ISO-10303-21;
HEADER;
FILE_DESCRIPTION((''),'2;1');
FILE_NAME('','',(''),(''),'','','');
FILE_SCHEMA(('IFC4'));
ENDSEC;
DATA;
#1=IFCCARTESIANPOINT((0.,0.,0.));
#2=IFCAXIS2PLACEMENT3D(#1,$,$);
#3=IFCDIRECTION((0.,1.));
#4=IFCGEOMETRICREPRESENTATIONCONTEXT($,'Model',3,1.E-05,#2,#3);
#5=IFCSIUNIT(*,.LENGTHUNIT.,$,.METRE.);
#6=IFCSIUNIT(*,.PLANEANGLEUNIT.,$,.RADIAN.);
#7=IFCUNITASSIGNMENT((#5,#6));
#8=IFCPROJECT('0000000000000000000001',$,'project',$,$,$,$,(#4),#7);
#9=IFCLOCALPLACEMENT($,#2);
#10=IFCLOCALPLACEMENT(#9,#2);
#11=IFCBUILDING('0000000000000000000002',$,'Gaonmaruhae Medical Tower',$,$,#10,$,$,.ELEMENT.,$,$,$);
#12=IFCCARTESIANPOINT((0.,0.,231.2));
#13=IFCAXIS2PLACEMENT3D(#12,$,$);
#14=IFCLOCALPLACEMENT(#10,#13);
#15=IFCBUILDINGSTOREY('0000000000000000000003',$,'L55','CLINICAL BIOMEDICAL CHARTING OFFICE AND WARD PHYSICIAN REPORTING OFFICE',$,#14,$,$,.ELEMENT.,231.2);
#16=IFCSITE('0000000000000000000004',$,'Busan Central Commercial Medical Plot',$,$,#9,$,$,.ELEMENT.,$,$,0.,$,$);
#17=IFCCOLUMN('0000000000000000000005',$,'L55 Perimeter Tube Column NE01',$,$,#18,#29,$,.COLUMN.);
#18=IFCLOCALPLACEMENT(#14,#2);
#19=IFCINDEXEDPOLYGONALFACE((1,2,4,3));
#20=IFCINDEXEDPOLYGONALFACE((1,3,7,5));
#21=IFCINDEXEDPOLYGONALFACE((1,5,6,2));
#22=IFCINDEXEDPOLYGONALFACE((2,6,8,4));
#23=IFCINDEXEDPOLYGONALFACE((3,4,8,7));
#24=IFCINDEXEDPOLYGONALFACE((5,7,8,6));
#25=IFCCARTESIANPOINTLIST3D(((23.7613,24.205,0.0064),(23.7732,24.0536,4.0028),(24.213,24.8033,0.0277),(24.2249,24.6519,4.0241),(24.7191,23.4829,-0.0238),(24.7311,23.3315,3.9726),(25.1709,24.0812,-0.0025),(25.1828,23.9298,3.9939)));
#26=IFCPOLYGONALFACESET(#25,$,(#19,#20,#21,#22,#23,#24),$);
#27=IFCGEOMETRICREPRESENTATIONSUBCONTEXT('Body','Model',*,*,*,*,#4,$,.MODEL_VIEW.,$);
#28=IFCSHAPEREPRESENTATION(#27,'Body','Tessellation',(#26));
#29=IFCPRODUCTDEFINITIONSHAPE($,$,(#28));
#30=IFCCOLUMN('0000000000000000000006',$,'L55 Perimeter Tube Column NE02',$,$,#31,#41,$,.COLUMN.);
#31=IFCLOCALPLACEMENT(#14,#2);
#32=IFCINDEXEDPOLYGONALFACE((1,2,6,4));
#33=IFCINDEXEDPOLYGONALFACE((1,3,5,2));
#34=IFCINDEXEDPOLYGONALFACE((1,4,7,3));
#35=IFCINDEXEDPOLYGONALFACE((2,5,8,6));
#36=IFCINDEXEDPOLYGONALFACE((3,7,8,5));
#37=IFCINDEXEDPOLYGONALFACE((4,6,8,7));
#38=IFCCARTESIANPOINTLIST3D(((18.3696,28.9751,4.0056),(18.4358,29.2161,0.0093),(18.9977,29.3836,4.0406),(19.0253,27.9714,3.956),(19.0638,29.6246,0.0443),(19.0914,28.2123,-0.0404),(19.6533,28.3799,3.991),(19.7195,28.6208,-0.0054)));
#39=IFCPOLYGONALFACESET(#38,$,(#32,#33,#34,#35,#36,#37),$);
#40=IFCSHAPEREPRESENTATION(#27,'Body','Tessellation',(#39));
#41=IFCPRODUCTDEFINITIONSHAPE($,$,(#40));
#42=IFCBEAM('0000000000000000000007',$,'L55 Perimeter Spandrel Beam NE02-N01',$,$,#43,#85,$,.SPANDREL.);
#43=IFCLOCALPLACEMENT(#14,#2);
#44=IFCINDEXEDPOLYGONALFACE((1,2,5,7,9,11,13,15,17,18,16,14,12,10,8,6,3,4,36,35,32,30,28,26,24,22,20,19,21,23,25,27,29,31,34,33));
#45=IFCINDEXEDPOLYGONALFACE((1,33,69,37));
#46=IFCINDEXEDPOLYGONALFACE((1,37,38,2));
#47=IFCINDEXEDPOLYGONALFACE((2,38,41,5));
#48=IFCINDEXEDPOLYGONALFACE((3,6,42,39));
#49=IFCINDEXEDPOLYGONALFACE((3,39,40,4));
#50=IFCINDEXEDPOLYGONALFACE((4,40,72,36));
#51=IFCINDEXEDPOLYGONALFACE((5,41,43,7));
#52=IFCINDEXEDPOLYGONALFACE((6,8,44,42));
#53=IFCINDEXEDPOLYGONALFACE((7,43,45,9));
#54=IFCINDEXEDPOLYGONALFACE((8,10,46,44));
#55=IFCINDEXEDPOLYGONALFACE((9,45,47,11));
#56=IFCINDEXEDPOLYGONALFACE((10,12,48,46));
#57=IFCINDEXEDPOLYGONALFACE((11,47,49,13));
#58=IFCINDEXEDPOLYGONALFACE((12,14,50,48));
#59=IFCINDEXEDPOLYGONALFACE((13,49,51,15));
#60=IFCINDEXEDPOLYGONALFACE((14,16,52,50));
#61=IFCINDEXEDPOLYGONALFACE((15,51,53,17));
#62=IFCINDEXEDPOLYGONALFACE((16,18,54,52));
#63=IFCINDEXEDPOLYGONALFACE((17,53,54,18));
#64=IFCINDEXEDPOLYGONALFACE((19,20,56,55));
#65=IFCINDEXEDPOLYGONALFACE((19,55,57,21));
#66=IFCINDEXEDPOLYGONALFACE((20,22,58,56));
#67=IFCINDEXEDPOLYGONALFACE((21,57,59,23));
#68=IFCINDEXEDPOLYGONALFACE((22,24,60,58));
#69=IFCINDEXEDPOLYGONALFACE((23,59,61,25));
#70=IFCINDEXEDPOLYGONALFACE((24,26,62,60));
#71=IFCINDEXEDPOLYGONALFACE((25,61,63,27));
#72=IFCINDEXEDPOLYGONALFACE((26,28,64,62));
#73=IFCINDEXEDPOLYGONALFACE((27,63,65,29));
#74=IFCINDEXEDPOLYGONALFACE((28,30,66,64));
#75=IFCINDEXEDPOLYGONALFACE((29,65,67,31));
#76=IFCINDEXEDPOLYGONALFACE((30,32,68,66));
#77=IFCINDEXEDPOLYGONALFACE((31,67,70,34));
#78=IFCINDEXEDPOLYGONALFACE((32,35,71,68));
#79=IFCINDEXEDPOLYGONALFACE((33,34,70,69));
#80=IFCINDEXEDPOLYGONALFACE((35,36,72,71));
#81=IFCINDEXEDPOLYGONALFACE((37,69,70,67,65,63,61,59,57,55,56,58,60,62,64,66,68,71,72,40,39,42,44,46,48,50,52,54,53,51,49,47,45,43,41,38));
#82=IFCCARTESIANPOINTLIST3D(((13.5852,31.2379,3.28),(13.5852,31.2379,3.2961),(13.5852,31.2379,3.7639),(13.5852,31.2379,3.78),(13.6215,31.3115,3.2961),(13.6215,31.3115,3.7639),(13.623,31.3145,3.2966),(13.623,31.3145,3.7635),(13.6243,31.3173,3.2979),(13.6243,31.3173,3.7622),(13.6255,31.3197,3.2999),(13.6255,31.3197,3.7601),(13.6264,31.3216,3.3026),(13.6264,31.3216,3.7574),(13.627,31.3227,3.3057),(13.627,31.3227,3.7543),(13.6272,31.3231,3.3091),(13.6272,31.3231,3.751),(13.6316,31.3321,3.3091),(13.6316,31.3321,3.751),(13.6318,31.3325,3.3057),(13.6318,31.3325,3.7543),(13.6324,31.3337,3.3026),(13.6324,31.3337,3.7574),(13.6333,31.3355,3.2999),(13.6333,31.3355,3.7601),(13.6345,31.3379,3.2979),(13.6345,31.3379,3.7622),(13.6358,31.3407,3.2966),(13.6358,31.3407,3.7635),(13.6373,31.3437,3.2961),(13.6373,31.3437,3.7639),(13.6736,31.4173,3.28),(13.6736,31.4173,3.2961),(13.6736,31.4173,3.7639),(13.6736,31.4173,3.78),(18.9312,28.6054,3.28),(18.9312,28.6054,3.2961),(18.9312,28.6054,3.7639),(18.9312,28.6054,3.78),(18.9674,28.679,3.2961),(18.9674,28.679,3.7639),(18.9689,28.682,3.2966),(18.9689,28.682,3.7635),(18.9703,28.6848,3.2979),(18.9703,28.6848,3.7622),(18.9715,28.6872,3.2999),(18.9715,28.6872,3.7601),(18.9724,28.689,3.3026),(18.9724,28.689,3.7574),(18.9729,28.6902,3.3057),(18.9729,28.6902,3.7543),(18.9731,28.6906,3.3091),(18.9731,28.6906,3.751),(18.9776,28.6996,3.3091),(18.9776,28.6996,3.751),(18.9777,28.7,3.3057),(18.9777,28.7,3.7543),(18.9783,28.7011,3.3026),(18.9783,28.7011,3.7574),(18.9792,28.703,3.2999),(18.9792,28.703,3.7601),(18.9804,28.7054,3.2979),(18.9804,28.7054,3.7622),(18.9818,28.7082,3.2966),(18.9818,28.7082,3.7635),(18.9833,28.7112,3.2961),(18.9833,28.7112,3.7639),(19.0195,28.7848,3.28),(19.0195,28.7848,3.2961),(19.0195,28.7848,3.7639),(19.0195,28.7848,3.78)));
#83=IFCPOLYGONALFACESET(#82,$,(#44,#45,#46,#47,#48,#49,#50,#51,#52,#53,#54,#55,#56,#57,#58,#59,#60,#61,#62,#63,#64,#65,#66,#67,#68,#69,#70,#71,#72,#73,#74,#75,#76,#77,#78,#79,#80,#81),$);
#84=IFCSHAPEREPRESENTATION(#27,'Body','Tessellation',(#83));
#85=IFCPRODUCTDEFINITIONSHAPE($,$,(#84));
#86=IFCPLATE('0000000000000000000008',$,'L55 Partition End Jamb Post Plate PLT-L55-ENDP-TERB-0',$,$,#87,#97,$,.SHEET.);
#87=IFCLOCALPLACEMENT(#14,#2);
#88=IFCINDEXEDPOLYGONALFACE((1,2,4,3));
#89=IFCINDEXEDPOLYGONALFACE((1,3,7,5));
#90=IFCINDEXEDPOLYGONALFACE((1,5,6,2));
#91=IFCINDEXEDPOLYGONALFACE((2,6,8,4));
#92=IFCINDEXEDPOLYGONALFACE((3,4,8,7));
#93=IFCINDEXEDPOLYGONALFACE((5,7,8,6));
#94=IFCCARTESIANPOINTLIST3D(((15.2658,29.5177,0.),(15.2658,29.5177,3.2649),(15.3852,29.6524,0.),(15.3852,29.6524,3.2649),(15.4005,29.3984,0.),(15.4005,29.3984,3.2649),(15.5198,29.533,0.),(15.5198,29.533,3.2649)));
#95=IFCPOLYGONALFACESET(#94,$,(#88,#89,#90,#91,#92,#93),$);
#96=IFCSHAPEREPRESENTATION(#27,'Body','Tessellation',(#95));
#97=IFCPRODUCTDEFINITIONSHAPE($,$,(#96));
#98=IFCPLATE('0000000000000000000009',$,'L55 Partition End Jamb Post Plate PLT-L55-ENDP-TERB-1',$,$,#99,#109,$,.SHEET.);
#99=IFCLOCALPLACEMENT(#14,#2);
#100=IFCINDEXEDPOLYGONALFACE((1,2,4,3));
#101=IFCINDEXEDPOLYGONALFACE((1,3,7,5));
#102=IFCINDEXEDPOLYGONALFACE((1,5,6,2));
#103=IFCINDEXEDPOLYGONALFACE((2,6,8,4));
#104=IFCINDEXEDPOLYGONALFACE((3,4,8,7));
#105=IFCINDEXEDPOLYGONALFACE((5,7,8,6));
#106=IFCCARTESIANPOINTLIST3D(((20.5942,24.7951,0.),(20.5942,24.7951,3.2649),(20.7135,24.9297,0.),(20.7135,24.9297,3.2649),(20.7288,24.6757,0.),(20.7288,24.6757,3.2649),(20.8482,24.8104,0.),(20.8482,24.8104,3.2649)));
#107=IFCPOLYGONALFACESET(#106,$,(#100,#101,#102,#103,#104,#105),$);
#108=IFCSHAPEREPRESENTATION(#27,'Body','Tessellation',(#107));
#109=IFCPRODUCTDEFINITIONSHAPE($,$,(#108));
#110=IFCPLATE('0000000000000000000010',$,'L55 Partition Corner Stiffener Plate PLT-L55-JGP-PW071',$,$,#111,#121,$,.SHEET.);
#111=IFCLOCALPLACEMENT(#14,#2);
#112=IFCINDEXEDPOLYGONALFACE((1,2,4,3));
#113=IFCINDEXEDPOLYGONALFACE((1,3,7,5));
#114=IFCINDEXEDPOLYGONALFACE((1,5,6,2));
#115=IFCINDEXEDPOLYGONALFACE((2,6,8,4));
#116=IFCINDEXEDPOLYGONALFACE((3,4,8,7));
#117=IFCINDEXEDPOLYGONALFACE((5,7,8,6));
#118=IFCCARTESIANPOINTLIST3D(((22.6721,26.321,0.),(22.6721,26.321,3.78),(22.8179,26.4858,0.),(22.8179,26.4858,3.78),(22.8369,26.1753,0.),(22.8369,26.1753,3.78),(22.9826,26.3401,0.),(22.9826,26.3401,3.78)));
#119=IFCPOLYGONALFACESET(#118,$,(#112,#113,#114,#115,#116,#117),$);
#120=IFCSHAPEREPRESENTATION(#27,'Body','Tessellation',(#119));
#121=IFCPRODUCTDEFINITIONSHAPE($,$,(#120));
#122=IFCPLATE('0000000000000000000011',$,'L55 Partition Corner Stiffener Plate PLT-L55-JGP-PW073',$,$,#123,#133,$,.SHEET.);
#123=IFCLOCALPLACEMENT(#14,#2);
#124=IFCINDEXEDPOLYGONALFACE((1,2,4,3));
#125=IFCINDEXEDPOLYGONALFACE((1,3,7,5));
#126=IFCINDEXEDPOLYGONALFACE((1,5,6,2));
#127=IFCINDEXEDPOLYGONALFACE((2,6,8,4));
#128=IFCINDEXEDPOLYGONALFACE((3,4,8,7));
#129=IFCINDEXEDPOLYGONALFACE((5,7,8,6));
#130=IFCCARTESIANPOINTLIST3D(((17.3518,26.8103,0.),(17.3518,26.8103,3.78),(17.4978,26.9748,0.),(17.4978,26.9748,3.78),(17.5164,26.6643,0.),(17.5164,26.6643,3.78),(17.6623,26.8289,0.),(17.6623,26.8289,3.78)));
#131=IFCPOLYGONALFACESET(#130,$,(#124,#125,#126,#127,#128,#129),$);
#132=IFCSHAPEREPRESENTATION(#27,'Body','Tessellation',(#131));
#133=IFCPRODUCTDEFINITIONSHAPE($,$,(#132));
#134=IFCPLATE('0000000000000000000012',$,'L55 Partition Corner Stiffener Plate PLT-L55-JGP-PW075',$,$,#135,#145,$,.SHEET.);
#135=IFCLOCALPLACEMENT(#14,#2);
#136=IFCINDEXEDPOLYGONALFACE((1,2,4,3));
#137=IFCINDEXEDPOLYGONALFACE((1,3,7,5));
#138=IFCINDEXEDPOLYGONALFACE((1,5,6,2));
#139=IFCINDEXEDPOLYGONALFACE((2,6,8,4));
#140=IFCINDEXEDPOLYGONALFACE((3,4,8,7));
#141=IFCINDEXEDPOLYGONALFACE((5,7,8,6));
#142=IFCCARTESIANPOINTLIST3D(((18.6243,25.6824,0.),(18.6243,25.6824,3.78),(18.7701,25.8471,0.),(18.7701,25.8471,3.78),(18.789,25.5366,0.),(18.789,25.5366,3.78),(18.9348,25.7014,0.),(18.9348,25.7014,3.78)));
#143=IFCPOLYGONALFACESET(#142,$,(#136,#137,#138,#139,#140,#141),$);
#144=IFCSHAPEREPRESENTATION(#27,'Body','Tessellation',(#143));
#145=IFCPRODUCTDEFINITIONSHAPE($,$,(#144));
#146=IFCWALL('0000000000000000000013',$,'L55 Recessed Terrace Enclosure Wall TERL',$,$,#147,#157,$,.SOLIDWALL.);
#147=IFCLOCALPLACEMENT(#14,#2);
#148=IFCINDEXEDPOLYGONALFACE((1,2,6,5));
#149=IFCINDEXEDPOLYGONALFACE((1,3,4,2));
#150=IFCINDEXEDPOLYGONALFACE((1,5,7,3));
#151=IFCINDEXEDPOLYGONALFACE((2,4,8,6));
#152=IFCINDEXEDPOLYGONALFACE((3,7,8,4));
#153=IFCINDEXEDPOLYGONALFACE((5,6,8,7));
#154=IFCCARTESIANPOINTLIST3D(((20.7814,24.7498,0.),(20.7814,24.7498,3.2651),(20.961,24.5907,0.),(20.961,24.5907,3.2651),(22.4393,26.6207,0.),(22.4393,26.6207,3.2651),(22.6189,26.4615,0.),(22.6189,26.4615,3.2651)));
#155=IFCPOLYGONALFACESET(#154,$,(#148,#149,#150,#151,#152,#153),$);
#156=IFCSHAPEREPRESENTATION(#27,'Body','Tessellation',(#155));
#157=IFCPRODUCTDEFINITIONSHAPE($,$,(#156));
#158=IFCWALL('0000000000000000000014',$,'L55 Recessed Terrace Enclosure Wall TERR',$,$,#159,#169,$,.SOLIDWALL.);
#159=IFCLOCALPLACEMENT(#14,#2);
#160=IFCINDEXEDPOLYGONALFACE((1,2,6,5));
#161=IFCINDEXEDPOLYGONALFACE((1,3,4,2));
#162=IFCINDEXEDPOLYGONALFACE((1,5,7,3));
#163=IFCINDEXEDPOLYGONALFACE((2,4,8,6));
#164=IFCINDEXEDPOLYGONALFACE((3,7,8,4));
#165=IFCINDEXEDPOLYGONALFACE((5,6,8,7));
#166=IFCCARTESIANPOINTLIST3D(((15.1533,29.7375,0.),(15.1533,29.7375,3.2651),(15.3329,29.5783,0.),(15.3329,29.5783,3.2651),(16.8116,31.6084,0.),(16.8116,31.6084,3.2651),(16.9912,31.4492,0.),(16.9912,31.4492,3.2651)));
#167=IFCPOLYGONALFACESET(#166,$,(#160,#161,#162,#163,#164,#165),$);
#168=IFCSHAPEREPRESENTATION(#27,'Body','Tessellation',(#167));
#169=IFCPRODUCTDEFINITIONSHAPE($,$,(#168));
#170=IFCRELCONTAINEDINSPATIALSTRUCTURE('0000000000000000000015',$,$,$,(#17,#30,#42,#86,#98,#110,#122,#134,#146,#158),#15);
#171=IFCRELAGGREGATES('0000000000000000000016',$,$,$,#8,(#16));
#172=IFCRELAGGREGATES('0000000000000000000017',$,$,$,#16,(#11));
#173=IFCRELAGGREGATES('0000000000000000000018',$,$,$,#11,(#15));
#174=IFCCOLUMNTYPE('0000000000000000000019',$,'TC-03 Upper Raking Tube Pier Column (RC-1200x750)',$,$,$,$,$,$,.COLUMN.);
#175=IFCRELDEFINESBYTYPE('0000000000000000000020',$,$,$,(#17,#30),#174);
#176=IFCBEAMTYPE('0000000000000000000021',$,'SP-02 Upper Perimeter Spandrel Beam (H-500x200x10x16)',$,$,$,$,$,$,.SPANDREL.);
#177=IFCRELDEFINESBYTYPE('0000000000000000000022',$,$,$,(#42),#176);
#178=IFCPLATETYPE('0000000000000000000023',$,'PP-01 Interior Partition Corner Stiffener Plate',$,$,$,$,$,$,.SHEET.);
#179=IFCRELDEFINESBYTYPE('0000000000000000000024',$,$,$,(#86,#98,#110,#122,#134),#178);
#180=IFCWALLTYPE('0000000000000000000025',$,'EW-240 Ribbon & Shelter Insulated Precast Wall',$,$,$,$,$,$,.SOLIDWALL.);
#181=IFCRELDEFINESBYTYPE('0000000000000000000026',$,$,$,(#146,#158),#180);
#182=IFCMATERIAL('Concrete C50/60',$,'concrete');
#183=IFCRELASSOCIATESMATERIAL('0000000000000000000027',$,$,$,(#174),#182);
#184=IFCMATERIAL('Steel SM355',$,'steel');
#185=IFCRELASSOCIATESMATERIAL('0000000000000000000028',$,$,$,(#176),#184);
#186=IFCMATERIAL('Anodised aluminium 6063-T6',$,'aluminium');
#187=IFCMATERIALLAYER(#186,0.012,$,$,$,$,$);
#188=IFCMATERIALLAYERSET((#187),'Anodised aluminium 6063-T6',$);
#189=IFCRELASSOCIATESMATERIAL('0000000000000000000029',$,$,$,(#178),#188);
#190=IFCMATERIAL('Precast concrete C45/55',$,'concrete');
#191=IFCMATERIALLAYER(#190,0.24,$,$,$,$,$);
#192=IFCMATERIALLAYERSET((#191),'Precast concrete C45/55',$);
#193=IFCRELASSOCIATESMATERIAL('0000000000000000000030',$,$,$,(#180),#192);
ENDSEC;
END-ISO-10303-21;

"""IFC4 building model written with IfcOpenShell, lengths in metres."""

from ifc_helpers import new_model, si_unit, direction, frame, frame_2d, origin, origin_2d, place, context, subcontext, project, spatial, rectangle, i_section, extrude, material, layer, layer_set, material_profile, profile_set, type_object, element, save


model = new_model("IFC4")

# Units and contexts
model_context = context("Model", 3, precision=1e-05, world=origin(), true_north=direction((0.0, 1.0)))
body_context = subcontext(model_context, "Body", "Model", "MODEL_VIEW")
ifc_project = project(units=[si_unit("LENGTHUNIT", "METRE"), si_unit("PLANEANGLEUNIT", "RADIAN")], contexts=[model_context])

# Site, building, storey
site_placement = place(None, origin())
site = spatial("IfcSite", under=ifc_project, at=site_placement, Name="Busan Central Commercial Medical Plot", CompositionType="ELEMENT", RefElevation=0.0)
building_placement = place(site_placement, origin())
building = spatial("IfcBuilding", under=site, at=building_placement, Name="Gaonmaruhae Medical Tower", CompositionType="ELEMENT")
storey_placement = place(building_placement, frame((0.0, 0.0, 231.2)))
storey = spatial("IfcBuildingStorey", under=building, at=storey_placement, Name="L55", Description="CLINICAL BIOMEDICAL CHARTING OFFICE AND WARD PHYSICIAN REPORTING OFFICE", CompositionType="ELEMENT", Elevation=231.2)

# Columns
ifc_material_1 = material(Name="Concrete C50/60", Category="concrete")
ifc_material_profile_1 = material_profile(ifc_material_1, rectangle(XDim=1.2, YDim=0.75, at=origin_2d()), Name="RC-1200x750")
ifc_profile_set_1 = profile_set([ifc_material_profile_1], Name="Concrete C50/60")
column_type = type_object("IfcColumnType", Name="TC-03 Upper Raking Tube Pier Column (RC-1200x750)", PredefinedType="COLUMN", material=ifc_profile_set_1)
column_1_placement = place(storey_placement, frame((24.4661, 24.1431, 0.002), z_axis=(0.002991, -0.037849, 0.999279), x_axis=(-0.79827, 0.601773, 0.025183)))
element("IfcColumn", 1, at=column_1_placement, inside=storey, type_object=column_type, Name="L55 Perimeter Tube Column NE01", PredefinedType="COLUMN", context=body_context, shape_type="SweptSolid", body=[
    extrude(rectangle(XDim=1.2, YDim=0.75, at=origin_2d()), origin(), (0.0, 0.0, 1.0), 3.9993),
])
column_2_placement = place(storey_placement, frame((19.0776, 28.9185, 0.002), z_axis=(-0.016523, -0.060179, 0.998051), x_axis=(-0.546396, 0.836504, 0.041393)))
element("IfcColumn", 2, at=column_2_placement, inside=storey, type_object=column_type, Name="L55 Perimeter Tube Column NE02", PredefinedType="COLUMN", context=body_context, shape_type="SweptSolid", body=[
    extrude(rectangle(XDim=1.2, YDim=0.75, at=origin_2d()), origin(), (0.0, 0.0, 1.0), 4.0042),
])

# Beam
ifc_material_2 = material(Name="Steel SM355", Category="steel")
ifc_material_profile_2 = material_profile(ifc_material_2, i_section(OverallWidth=0.2, OverallDepth=0.5, WebThickness=0.01, FlangeThickness=0.0161, FilletRadius=0.0129, at=origin_2d()), Name="H-500x200x10x16")
ifc_profile_set_2 = profile_set([ifc_material_profile_2], Name="Steel SM355")
beam_type = type_object("IfcBeamType", Name="SP-02 Upper Perimeter Spandrel Beam (H-500x200x10x16)", PredefinedType="SPANDREL", material=ifc_profile_set_2)
beam_placement = place(storey_placement, frame((18.9753, 28.6951, 3.53), z_axis=(-0.897123, 0.441781, 0.0), x_axis=(-0.441781, -0.897123, 0.0)))
element("IfcBeam", 3, at=beam_placement, inside=storey, type_object=beam_type, Name="L55 Perimeter Spandrel Beam NE02-N01", PredefinedType="SPANDREL", context=body_context, shape_type="SweptSolid", body=[
    extrude(i_section(OverallWidth=0.2, OverallDepth=0.5, WebThickness=0.01, FlangeThickness=0.0161, FilletRadius=0.0129, at=origin_2d()), origin(), (0.0, 0.0, 1.0), 5.959),
])

# Plates
ifc_material_3 = material(Name="Anodised aluminium 6063-T6", Category="aluminium")
ifc_layer_1 = layer(ifc_material_3, 0.012)
ifc_layer_set_1 = layer_set([ifc_layer_1], Name="Anodised aluminium 6063-T6")
plate_type = type_object("IfcPlateType", Name="PP-01 Interior Partition Corner Stiffener Plate", PredefinedType="SHEET", material=ifc_layer_set_1)
for number, where, z_axis, x_axis, name in (
    (4, (15.3928, 29.5254, 0.0), (0.0, 0.0, 1.0), (0.748377, -0.663273, 0.0), "L55 Partition End Jamb Post Plate PLT-L55-ENDP-TERB-0"),
    (5, (20.7212, 24.8027, 0.0), (0.0, 0.0, 1.0), (0.748377, -0.663273, 0.0), "L55 Partition End Jamb Post Plate PLT-L55-ENDP-TERB-1"),
):
    element("IfcPlate", number, at=place(storey_placement, frame(where, z_axis=z_axis, x_axis=x_axis)), inside=storey, type_object=plate_type, Name=name, PredefinedType="SHEET", context=body_context, shape_type="SweptSolid", body=[
        extrude(rectangle(XDim=0.1799, YDim=0.1799, at=origin_2d()), origin(), (0.0, 0.0, 1.0), 3.2649),
    ])
for number, where, z_axis, x_axis, name in (
    (6, (22.8274, 26.3306, 0.0), (0.0, 0.0, 1.0), (0.749094, -0.662463, 0.0), "L55 Partition Corner Stiffener Plate PLT-L55-JGP-PW071"),
    (7, (17.5071, 26.8196, 0.0), (0.0, 0.0, 1.0), (-0.663652, -0.748041, 0.0), "L55 Partition Corner Stiffener Plate PLT-L55-JGP-PW073"),
    (8, (18.7795, 25.6919, 0.0), (0.0, 0.0, 1.0), (0.662659, 0.748921, 0.0), "L55 Partition Corner Stiffener Plate PLT-L55-JGP-PW075"),
):
    element("IfcPlate", number, at=place(storey_placement, frame(where, z_axis=z_axis, x_axis=x_axis)), inside=storey, type_object=plate_type, Name=name, PredefinedType="SHEET", context=body_context, shape_type="SweptSolid", body=[
        extrude(rectangle(XDim=0.22, YDim=0.22, at=origin_2d()), origin(), (0.0, 0.0, 1.0), 3.78),
    ])

# Shared definitions
ifc_material_4 = material(Name="Precast concrete C45/55", Category="concrete")
ifc_layer_2 = layer(ifc_material_4, 0.24)
ifc_layer_set_2 = layer_set([ifc_layer_2], Name="Precast concrete C45/55")
wall_type_1 = type_object("IfcWallType", Name="EW-240 Ribbon & Shelter Insulated Precast Wall", PredefinedType="SOLIDWALL", material=ifc_layer_set_2)

# Walls
wall_1_placement = place(storey_placement, frame((20.8711, 24.6702, 0.0), z_axis=(0.0, 0.0, 1.0), x_axis=(0.663242, 0.748405, 0.0)))
element("IfcWall", 9, at=wall_1_placement, inside=storey, type_object=wall_type_1, Name="L55 Recessed Terrace Enclosure Wall TERL", PredefinedType="SOLIDWALL", context=body_context, shape_type="SweptSolid", body=[
    extrude(rectangle(XDim=2.4998, YDim=0.24, at=frame_2d((1.25, 0.0))), origin(), (0.0, 0.0, 1.0), 3.2651),
])
wall_2_placement = place(storey_placement, frame((16.9014, 31.5288, 0.0), z_axis=(0.0, 0.0, 1.0), x_axis=(-0.663296, -0.748357, 0.0)))
element("IfcWall", 10, at=wall_2_placement, inside=storey, type_object=wall_type_1, Name="L55 Recessed Terrace Enclosure Wall TERR", PredefinedType="SOLIDWALL", context=body_context, shape_type="SweptSolid", body=[
    extrude(rectangle(XDim=2.5, YDim=0.24, at=frame_2d((1.25, 0.0))), origin(), (0.0, 0.0, 1.0), 3.2651),
])

save(model, "model.ifc")
